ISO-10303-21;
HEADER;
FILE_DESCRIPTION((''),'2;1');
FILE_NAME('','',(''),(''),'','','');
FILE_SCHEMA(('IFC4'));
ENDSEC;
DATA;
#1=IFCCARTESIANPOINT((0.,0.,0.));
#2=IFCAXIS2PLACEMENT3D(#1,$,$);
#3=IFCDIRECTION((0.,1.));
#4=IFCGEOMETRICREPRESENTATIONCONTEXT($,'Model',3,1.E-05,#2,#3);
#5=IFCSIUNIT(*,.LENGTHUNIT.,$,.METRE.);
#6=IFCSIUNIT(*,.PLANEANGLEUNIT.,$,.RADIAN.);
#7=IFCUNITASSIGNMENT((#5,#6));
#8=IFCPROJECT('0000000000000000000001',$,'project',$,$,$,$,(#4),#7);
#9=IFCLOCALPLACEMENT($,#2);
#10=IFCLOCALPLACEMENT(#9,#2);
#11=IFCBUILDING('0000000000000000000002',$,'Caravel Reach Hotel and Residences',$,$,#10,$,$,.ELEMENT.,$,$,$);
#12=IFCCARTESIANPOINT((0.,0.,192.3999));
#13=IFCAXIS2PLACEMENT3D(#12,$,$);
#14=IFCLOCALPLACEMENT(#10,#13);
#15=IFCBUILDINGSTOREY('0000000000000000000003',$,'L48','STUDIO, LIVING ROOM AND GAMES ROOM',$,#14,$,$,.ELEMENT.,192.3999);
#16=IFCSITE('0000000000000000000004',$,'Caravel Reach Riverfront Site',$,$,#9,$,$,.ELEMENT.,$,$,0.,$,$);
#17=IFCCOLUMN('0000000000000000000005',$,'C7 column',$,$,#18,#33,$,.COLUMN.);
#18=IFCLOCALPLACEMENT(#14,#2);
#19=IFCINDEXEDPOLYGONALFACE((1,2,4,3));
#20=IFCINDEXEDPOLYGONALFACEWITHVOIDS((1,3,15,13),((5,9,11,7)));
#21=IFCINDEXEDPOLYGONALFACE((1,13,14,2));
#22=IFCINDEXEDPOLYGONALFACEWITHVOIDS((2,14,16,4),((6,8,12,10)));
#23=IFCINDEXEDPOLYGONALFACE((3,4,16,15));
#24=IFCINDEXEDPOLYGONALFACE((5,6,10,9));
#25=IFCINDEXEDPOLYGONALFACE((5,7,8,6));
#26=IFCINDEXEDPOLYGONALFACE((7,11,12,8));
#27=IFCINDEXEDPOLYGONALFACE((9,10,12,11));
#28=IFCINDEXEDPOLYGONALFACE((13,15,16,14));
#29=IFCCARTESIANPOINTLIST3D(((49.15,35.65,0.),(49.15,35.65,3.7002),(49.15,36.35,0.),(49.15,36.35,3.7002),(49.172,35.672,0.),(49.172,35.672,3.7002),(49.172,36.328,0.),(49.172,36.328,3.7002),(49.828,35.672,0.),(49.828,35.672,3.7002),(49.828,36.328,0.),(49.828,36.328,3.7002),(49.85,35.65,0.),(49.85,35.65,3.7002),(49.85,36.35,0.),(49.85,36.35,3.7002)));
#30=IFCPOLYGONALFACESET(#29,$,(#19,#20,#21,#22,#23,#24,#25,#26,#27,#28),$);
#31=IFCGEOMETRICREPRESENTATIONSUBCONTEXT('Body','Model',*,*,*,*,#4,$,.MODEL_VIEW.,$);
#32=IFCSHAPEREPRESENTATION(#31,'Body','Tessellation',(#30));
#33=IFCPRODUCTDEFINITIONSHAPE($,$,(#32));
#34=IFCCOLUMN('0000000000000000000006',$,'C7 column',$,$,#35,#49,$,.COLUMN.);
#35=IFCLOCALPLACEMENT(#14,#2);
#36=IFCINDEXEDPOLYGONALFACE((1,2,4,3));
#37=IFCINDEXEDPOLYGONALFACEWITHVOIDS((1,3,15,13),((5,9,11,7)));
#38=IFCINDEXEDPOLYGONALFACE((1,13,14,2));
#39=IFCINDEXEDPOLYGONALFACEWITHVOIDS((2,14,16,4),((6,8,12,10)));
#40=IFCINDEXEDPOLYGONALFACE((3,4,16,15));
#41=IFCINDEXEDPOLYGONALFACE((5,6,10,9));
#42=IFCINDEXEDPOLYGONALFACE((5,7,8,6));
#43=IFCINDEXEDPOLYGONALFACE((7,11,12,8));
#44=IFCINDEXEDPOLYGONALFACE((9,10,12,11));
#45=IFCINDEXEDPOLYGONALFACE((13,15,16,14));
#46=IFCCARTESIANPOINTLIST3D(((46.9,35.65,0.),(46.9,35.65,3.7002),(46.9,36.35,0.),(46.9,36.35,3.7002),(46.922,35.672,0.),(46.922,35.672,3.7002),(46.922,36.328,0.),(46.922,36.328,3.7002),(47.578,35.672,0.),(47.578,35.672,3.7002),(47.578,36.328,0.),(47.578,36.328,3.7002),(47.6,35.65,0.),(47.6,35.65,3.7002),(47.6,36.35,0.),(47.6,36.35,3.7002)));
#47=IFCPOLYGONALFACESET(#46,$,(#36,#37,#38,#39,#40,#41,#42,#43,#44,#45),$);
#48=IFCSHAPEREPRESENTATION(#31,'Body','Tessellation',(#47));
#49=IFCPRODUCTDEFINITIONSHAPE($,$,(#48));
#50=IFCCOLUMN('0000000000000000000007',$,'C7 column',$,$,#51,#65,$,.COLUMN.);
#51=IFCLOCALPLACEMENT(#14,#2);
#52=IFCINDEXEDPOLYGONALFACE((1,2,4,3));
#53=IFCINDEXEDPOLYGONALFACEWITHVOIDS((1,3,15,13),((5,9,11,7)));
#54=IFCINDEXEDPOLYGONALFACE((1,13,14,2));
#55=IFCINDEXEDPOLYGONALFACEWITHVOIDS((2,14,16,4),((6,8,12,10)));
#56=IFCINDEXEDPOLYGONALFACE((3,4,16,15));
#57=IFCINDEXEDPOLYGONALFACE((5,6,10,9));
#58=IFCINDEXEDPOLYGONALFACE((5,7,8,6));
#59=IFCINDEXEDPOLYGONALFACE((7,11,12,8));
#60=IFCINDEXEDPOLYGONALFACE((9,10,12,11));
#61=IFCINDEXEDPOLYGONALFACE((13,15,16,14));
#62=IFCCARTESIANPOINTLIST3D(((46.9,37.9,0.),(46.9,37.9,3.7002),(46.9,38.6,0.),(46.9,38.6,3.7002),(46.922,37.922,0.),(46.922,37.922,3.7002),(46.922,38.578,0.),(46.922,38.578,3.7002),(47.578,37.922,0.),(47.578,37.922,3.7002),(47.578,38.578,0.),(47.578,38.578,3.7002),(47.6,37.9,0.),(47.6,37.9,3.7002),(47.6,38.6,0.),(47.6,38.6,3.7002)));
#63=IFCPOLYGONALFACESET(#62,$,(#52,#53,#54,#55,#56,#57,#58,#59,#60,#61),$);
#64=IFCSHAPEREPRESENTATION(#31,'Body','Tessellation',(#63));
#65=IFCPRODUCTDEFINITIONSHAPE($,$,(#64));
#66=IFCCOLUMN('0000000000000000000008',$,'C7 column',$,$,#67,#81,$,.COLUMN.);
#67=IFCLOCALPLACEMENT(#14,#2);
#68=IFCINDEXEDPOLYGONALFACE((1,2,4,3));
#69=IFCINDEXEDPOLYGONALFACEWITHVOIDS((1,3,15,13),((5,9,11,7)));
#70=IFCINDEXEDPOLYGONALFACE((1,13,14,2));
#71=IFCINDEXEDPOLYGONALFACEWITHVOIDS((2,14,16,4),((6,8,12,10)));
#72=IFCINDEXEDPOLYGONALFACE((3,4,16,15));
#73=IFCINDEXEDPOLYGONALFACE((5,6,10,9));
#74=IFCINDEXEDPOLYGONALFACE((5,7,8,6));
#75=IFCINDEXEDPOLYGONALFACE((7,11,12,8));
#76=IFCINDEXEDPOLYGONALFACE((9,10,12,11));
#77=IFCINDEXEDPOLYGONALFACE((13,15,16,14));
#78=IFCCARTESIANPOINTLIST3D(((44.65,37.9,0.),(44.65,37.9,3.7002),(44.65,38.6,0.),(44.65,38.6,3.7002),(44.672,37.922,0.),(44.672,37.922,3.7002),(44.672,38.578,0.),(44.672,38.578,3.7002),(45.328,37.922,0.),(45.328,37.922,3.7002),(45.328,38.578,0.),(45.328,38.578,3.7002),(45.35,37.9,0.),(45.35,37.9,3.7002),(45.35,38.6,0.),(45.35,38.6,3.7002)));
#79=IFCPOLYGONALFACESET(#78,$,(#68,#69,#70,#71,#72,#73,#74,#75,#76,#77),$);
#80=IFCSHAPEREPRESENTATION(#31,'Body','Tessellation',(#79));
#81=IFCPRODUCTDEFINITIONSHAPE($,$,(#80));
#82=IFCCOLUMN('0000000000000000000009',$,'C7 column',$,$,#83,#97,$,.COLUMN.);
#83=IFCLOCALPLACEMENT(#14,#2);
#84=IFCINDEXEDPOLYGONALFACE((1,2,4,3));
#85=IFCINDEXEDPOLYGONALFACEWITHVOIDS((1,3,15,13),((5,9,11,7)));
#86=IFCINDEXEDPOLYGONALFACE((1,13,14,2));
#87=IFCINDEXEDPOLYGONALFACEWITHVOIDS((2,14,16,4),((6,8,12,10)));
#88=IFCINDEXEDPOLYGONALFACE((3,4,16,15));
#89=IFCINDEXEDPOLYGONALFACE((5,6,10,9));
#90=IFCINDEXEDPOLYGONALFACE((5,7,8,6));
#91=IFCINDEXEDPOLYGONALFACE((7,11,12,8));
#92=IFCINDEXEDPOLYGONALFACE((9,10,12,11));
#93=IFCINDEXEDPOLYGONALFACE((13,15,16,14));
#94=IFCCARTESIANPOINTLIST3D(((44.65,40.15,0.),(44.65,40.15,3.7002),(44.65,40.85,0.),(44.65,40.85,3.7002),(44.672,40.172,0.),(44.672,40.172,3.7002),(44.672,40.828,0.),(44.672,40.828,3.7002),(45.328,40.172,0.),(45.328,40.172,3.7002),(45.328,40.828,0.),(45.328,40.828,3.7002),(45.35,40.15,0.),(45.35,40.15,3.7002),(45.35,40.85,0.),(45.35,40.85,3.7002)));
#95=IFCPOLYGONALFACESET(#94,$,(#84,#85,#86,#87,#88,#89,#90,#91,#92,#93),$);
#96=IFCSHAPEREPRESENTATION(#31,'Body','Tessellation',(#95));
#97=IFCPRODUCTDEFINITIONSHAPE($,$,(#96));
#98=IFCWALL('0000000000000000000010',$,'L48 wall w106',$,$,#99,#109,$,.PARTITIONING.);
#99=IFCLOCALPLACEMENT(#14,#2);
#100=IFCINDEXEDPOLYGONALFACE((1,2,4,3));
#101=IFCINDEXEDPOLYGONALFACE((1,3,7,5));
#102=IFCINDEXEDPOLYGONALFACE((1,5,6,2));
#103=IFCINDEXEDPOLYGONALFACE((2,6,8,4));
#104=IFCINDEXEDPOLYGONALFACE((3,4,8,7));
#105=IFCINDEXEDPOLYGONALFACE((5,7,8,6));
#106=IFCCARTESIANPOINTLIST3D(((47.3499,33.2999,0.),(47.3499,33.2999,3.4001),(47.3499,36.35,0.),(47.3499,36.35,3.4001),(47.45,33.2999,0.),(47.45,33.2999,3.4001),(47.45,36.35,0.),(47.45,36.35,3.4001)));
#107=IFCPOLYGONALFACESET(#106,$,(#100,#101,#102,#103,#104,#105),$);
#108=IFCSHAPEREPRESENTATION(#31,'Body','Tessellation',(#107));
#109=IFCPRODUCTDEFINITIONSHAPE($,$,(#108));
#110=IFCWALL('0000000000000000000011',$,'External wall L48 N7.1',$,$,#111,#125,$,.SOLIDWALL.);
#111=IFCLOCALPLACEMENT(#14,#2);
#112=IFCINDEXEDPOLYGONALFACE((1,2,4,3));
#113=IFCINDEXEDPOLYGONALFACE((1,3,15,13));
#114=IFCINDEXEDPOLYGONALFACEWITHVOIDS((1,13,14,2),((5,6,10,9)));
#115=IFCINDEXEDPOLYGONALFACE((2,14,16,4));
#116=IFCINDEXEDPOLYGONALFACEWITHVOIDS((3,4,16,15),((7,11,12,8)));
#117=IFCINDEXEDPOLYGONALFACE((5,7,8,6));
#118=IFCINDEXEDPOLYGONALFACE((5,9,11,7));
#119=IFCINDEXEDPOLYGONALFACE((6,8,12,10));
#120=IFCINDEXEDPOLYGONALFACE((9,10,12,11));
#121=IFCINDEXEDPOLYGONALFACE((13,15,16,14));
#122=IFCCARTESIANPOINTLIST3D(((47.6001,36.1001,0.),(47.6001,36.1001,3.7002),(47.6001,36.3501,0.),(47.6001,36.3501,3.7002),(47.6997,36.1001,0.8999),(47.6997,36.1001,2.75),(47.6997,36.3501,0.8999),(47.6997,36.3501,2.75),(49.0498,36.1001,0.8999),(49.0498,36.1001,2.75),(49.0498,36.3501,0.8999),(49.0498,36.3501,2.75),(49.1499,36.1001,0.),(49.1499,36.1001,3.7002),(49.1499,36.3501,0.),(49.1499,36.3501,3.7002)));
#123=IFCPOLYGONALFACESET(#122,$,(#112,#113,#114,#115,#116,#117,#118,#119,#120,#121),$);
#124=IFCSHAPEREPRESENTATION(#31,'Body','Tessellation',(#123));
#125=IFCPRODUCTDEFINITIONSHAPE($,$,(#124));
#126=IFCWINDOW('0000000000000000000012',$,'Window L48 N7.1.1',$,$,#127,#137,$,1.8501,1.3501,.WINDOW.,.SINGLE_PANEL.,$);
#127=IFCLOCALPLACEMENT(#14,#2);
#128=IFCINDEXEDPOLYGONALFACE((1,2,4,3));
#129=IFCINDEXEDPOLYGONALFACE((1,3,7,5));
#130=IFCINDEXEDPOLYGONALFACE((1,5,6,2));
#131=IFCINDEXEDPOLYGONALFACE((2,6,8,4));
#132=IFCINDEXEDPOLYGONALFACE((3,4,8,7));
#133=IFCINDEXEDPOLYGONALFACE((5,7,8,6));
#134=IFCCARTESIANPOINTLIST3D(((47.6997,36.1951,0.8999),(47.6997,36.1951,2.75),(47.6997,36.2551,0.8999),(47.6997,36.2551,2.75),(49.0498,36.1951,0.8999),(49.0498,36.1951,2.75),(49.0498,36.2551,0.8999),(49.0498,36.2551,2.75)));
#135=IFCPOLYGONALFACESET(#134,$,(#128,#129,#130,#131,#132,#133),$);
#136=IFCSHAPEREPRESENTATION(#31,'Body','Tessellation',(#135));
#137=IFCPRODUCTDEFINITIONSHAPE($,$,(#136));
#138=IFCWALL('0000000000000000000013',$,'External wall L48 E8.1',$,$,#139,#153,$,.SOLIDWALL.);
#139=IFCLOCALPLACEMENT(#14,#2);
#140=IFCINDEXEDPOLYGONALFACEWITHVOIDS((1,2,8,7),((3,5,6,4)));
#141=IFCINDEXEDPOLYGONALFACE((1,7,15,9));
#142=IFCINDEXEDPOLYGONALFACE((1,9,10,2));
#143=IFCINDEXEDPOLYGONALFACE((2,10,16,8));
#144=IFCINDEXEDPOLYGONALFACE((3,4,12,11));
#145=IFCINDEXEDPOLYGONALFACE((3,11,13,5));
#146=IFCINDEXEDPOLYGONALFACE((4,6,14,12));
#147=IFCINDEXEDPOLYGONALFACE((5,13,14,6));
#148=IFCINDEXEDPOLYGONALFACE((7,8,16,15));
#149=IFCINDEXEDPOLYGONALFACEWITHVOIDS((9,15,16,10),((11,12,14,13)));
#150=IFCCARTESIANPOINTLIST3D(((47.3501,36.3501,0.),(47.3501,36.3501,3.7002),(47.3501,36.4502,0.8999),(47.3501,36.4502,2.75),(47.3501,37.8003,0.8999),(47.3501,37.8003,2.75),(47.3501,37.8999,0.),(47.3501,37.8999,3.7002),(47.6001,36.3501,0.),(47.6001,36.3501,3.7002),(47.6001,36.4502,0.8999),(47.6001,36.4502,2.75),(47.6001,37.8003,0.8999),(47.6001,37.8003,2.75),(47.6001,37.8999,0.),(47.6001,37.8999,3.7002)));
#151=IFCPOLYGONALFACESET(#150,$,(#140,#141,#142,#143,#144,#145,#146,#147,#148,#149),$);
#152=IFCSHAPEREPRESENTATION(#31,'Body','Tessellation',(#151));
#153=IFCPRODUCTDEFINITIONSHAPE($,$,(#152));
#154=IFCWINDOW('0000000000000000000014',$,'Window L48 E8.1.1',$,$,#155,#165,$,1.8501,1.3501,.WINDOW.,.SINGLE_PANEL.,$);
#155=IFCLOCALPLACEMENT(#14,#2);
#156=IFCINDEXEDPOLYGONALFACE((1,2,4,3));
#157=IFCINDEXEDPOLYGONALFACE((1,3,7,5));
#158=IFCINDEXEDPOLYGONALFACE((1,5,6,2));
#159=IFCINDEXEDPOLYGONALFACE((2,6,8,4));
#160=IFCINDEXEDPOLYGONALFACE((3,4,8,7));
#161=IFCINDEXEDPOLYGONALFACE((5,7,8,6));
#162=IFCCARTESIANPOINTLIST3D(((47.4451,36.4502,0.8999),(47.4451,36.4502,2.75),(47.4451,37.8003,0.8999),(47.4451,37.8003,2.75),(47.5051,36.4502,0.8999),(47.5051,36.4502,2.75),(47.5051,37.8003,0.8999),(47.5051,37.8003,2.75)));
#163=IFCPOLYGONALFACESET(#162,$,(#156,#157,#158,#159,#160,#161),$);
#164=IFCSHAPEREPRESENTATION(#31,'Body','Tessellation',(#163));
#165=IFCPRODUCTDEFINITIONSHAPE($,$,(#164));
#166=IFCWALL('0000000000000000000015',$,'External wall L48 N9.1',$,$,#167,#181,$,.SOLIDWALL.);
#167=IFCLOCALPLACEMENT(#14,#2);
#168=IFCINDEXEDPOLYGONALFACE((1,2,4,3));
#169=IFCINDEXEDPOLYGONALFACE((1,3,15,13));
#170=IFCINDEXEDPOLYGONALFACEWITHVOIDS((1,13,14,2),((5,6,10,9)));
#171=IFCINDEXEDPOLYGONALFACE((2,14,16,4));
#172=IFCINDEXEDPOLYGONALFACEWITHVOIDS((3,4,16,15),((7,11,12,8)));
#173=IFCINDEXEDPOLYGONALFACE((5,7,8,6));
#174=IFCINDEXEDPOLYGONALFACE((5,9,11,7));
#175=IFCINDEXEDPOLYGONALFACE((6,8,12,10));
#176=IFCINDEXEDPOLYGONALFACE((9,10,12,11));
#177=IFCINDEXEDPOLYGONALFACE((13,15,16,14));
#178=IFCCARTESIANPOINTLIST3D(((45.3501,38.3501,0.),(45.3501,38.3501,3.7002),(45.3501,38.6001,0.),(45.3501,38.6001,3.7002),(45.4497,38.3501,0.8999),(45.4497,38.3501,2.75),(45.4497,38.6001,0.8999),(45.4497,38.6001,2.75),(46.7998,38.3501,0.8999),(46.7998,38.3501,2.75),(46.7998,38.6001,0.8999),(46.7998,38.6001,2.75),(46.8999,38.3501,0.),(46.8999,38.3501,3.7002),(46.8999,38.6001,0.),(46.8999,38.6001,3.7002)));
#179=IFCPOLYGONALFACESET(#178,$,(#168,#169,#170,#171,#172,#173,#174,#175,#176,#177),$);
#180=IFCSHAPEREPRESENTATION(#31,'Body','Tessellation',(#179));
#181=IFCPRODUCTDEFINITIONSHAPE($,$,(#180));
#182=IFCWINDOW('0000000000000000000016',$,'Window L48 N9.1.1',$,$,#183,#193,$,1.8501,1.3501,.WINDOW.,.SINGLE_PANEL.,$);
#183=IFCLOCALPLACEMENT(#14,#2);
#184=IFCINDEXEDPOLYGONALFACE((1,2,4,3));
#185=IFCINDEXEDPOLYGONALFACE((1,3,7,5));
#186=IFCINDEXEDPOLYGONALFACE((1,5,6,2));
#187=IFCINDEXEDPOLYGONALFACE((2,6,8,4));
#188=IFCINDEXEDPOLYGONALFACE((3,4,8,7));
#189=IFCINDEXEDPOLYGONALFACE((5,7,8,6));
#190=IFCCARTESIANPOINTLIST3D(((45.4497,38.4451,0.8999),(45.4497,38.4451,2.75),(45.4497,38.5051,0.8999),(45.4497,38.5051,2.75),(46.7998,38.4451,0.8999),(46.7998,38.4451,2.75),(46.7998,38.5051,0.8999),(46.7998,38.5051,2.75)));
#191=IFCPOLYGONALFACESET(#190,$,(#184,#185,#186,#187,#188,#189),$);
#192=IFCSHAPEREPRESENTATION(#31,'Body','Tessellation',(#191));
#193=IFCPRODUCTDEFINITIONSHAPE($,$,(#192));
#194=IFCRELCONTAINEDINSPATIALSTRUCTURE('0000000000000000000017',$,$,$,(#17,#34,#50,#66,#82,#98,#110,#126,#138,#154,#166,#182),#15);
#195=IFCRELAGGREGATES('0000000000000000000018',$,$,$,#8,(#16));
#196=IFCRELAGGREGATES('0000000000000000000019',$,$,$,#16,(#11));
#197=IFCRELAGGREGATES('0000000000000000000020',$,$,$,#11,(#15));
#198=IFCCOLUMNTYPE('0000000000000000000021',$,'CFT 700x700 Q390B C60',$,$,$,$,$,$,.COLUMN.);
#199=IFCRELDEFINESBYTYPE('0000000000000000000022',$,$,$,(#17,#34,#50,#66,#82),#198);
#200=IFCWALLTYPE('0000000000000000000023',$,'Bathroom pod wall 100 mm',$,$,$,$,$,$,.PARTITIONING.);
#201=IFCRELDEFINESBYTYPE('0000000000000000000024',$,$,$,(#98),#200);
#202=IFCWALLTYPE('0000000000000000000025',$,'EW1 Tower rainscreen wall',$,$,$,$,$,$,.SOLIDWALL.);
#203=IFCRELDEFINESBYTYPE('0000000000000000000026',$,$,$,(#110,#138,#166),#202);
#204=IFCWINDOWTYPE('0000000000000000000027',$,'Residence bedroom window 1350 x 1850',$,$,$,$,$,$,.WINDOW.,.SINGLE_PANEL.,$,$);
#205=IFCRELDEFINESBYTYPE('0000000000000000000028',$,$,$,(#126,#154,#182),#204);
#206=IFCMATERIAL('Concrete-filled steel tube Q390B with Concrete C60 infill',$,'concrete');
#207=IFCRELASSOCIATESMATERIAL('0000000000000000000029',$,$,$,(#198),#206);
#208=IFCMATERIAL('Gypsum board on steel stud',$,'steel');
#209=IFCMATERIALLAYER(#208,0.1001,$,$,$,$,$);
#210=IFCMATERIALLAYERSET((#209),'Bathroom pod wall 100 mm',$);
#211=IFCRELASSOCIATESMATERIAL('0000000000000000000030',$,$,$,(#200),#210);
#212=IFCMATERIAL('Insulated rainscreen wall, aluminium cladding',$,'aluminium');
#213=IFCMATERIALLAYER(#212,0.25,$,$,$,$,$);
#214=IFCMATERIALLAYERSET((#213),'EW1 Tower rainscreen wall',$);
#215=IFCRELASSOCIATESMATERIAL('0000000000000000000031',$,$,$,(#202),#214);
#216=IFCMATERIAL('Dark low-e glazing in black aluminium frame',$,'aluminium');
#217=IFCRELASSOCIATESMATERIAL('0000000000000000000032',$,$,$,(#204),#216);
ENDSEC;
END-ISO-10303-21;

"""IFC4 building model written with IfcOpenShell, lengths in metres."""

from ifc_helpers import new_model, si_unit, direction, frame, frame_2d, origin, origin_2d, place, context, subcontext, project, spatial, rectangle, hollow_rectangle, extrude, material, layer, layer_set, material_profile, profile_set, type_object, element, fill, save


model = new_model("IFC4")

# Units and contexts
model_context = context("Model", 3, precision=1e-05, world=origin(), true_north=direction((0.0, 1.0)))
body_context = subcontext(model_context, "Body", "Model", "MODEL_VIEW")
ifc_project = project(units=[si_unit("LENGTHUNIT", "METRE"), si_unit("PLANEANGLEUNIT", "RADIAN")], contexts=[model_context])

# Site, building, storey
site_placement = place(None, origin())
site = spatial("IfcSite", under=ifc_project, at=site_placement, Name="Caravel Reach Riverfront Site", CompositionType="ELEMENT", RefElevation=0.0)
building_placement = place(site_placement, origin())
building = spatial("IfcBuilding", under=site, at=building_placement, Name="Caravel Reach Hotel and Residences", CompositionType="ELEMENT")
storey_placement = place(building_placement, frame((0.0, 0.0, 192.3999)))
storey = spatial("IfcBuildingStorey", under=building, at=storey_placement, Name="L48", Description="STUDIO, LIVING ROOM AND GAMES ROOM", CompositionType="ELEMENT", Elevation=192.3999)

# Columns
ifc_material_1 = material(Name="Concrete-filled steel tube Q390B with Concrete C60 infill", Category="concrete")
ifc_material_profile = material_profile(ifc_material_1, hollow_rectangle(XDim=0.7, YDim=0.7, WallThickness=0.022, at=origin_2d()), Name="RHS 700x700x22")
ifc_profile_set = profile_set([ifc_material_profile], Name="Concrete-filled steel tube Q390B with Concrete C60 infill")
column_type = type_object("IfcColumnType", Name="CFT 700x700 Q390B C60", PredefinedType="COLUMN", material=ifc_profile_set)
for number, where, z_axis, x_axis, name in (
    (1, (49.5, 36.0, 0.0), (0.0, 0.0, 1.0), (1.0, 0.0, 0.0), "C7 column"),
    (2, (47.25, 36.0, 0.0), (0.0, 0.0, 1.0), (1.0, 0.0, 0.0), "C7 column"),
    (3, (47.25, 38.25, 0.0), (0.0, 0.0, 1.0), (1.0, 0.0, 0.0), "C7 column"),
    (4, (45.0, 38.25, 0.0), (0.0, 0.0, 1.0), (1.0, 0.0, 0.0), "C7 column"),
    (5, (45.0, 40.5, 0.0), (0.0, 0.0, 1.0), (1.0, 0.0, 0.0), "C7 column"),
):
    element("IfcColumn", number, at=place(storey_placement, frame(where, z_axis=z_axis, x_axis=x_axis)), inside=storey, type_object=column_type, Name=name, PredefinedType="COLUMN", context=body_context, shape_type="SweptSolid", body=[
        extrude(hollow_rectangle(XDim=0.7, YDim=0.7, WallThickness=0.022, at=origin_2d()), origin(), (0.0, 0.0, 1.0), 3.7002),
    ])

# Wall
ifc_material_2 = material(Name="Gypsum board on steel stud", Category="steel")
ifc_layer_1 = layer(ifc_material_2, 0.1001)
ifc_layer_set_1 = layer_set([ifc_layer_1], Name="Bathroom pod wall 100 mm")
wall_type_1 = type_object("IfcWallType", Name="Bathroom pod wall 100 mm", PredefinedType="PARTITIONING", material=ifc_layer_set_1)
wall_1_placement = place(storey_placement, frame((47.3999, 33.3, 0.0), z_axis=(0.0, 0.0, 1.0), x_axis=(0.0, 1.0, 0.0)))
element("IfcWall", 6, at=wall_1_placement, inside=storey, type_object=wall_type_1, Name="L48 wall w106", PredefinedType="PARTITIONING", context=body_context, shape_type="SweptSolid", body=[
    extrude(rectangle(XDim=3.05, YDim=0.1001, at=frame_2d((1.5249, 0.0))), origin(), (0.0, 0.0, 1.0), 3.4001),
])

# Walls, openings, windows
ifc_material_3 = material(Name="Insulated rainscreen wall, aluminium cladding", Category="aluminium")
ifc_layer_2 = layer(ifc_material_3, 0.25)
ifc_layer_set_2 = layer_set([ifc_layer_2], Name="EW1 Tower rainscreen wall")
wall_type_2 = type_object("IfcWallType", Name="EW1 Tower rainscreen wall", PredefinedType="SOLIDWALL", material=ifc_layer_set_2)
wall_2_placement = place(storey_placement, frame((49.1499, 36.2251, 0.0), z_axis=(0.0, 0.0, 1.0), x_axis=(-1.0, 0.0, 0.0)))
wall_2 = element("IfcWall", 7, at=wall_2_placement, inside=storey, type_object=wall_type_2, Name="External wall L48 N7.1", PredefinedType="SOLIDWALL", context=body_context, shape_type="SweptSolid", body=[
    extrude(rectangle(XDim=1.5498, YDim=0.25, at=frame_2d((0.7749, 0.0))), origin(), (0.0, 0.0, 1.0), 3.7002),
])
opening_1_placement = place(wall_2_placement, frame((0.1001, 0.0, 0.8999)))
opening_1 = element("IfcOpeningElement", 8, at=opening_1_placement, cuts=wall_2, PredefinedType="OPENING", context=body_context, shape_type="SweptSolid", body=[
    extrude(rectangle(XDim=1.3501, YDim=1.8501, at=frame_2d((0.675, 0.925))), frame((0.0, 0.135, 0.0), z_axis=(0.0, -1.0, 0.0), x_axis=(1.0, 0.0, 0.0)), (0.0, 0.0, 1.0), 0.27),
])
ifc_material_4 = material(Name="Dark low-e glazing in black aluminium frame", Category="aluminium")
window_type_1 = type_object("IfcWindowType", Name="Residence bedroom window 1350 x 1850", PartitioningType="SINGLE_PANEL", PredefinedType="WINDOW", material=ifc_material_4)
window_1_placement = place(opening_1_placement, origin())
window_1 = element("IfcWindow", 9, at=window_1_placement, inside=storey, type_object=window_type_1, Name="Window L48 N7.1.1", OverallHeight=1.8501, OverallWidth=1.3501, PartitioningType="SINGLE_PANEL", PredefinedType="WINDOW", context=body_context, shape_type="SweptSolid", body=[
    extrude(rectangle(XDim=1.3501, YDim=1.8501, at=frame_2d((0.675, 0.925))), frame((0.0, 0.03, 0.0), z_axis=(0.0, -1.0, 0.0), x_axis=(1.0, 0.0, 0.0)), (0.0, 0.0, 1.0), 0.0601),
])
fill(opening_1, window_1)
wall_3_placement = place(storey_placement, frame((47.4751, 36.3501, 0.0), z_axis=(0.0, 0.0, 1.0), x_axis=(0.0, 1.0, 0.0)))
wall_3 = element("IfcWall", 10, at=wall_3_placement, inside=storey, type_object=wall_type_2, Name="External wall L48 E8.1", PredefinedType="SOLIDWALL", context=body_context, shape_type="SweptSolid", body=[
    extrude(rectangle(XDim=1.5498, YDim=0.25, at=frame_2d((0.7749, 0.0))), origin(), (0.0, 0.0, 1.0), 3.7002),
])
opening_2_placement = place(wall_3_placement, frame((0.1001, 0.0, 0.8999)))
opening_2 = element("IfcOpeningElement", 11, at=opening_2_placement, cuts=wall_3, PredefinedType="OPENING", context=body_context, shape_type="SweptSolid", body=[
    extrude(rectangle(XDim=1.3501, YDim=1.8501, at=frame_2d((0.675, 0.925))), frame((0.0, 0.135, 0.0), z_axis=(0.0, -1.0, 0.0), x_axis=(1.0, 0.0, 0.0)), (0.0, 0.0, 1.0), 0.27),
])
window_2_placement = place(opening_2_placement, origin())
window_2 = element("IfcWindow", 12, at=window_2_placement, inside=storey, type_object=window_type_1, Name="Window L48 E8.1.1", OverallHeight=1.8501, OverallWidth=1.3501, PartitioningType="SINGLE_PANEL", PredefinedType="WINDOW", context=body_context, shape_type="SweptSolid", body=[
    extrude(rectangle(XDim=1.3501, YDim=1.8501, at=frame_2d((0.675, 0.925))), frame((0.0, 0.03, 0.0), z_axis=(0.0, -1.0, 0.0), x_axis=(1.0, 0.0, 0.0)), (0.0, 0.0, 1.0), 0.0601),
])
fill(opening_2, window_2)
wall_4_placement = place(storey_placement, frame((46.8999, 38.4751, 0.0), z_axis=(0.0, 0.0, 1.0), x_axis=(-1.0, 0.0, 0.0)))
wall_4 = element("IfcWall", 13, at=wall_4_placement, inside=storey, type_object=wall_type_2, Name="External wall L48 N9.1", PredefinedType="SOLIDWALL", context=body_context, shape_type="SweptSolid", body=[
    extrude(rectangle(XDim=1.5498, YDim=0.25, at=frame_2d((0.7749, 0.0))), origin(), (0.0, 0.0, 1.0), 3.7002),
])
opening_3_placement = place(wall_4_placement, frame((0.1001, 0.0, 0.8999)))
opening_3 = element("IfcOpeningElement", 14, at=opening_3_placement, cuts=wall_4, PredefinedType="OPENING", context=body_context, shape_type="SweptSolid", body=[
    extrude(rectangle(XDim=1.3501, YDim=1.8501, at=frame_2d((0.675, 0.925))), frame((0.0, 0.135, 0.0), z_axis=(0.0, -1.0, 0.0), x_axis=(1.0, 0.0, 0.0)), (0.0, 0.0, 1.0), 0.27),
])
window_3_placement = place(opening_3_placement, origin())
window_3 = element("IfcWindow", 15, at=window_3_placement, inside=storey, type_object=window_type_1, Name="Window L48 N9.1.1", OverallHeight=1.8501, OverallWidth=1.3501, PartitioningType="SINGLE_PANEL", PredefinedType="WINDOW", context=body_context, shape_type="SweptSolid", body=[
    extrude(rectangle(XDim=1.3501, YDim=1.8501, at=frame_2d((0.675, 0.925))), frame((0.0, 0.03, 0.0), z_axis=(0.0, -1.0, 0.0), x_axis=(1.0, 0.0, 0.0)), (0.0, 0.0, 1.0), 0.0601),
])
fill(opening_3, window_3)

save(model, "model.ifc")
